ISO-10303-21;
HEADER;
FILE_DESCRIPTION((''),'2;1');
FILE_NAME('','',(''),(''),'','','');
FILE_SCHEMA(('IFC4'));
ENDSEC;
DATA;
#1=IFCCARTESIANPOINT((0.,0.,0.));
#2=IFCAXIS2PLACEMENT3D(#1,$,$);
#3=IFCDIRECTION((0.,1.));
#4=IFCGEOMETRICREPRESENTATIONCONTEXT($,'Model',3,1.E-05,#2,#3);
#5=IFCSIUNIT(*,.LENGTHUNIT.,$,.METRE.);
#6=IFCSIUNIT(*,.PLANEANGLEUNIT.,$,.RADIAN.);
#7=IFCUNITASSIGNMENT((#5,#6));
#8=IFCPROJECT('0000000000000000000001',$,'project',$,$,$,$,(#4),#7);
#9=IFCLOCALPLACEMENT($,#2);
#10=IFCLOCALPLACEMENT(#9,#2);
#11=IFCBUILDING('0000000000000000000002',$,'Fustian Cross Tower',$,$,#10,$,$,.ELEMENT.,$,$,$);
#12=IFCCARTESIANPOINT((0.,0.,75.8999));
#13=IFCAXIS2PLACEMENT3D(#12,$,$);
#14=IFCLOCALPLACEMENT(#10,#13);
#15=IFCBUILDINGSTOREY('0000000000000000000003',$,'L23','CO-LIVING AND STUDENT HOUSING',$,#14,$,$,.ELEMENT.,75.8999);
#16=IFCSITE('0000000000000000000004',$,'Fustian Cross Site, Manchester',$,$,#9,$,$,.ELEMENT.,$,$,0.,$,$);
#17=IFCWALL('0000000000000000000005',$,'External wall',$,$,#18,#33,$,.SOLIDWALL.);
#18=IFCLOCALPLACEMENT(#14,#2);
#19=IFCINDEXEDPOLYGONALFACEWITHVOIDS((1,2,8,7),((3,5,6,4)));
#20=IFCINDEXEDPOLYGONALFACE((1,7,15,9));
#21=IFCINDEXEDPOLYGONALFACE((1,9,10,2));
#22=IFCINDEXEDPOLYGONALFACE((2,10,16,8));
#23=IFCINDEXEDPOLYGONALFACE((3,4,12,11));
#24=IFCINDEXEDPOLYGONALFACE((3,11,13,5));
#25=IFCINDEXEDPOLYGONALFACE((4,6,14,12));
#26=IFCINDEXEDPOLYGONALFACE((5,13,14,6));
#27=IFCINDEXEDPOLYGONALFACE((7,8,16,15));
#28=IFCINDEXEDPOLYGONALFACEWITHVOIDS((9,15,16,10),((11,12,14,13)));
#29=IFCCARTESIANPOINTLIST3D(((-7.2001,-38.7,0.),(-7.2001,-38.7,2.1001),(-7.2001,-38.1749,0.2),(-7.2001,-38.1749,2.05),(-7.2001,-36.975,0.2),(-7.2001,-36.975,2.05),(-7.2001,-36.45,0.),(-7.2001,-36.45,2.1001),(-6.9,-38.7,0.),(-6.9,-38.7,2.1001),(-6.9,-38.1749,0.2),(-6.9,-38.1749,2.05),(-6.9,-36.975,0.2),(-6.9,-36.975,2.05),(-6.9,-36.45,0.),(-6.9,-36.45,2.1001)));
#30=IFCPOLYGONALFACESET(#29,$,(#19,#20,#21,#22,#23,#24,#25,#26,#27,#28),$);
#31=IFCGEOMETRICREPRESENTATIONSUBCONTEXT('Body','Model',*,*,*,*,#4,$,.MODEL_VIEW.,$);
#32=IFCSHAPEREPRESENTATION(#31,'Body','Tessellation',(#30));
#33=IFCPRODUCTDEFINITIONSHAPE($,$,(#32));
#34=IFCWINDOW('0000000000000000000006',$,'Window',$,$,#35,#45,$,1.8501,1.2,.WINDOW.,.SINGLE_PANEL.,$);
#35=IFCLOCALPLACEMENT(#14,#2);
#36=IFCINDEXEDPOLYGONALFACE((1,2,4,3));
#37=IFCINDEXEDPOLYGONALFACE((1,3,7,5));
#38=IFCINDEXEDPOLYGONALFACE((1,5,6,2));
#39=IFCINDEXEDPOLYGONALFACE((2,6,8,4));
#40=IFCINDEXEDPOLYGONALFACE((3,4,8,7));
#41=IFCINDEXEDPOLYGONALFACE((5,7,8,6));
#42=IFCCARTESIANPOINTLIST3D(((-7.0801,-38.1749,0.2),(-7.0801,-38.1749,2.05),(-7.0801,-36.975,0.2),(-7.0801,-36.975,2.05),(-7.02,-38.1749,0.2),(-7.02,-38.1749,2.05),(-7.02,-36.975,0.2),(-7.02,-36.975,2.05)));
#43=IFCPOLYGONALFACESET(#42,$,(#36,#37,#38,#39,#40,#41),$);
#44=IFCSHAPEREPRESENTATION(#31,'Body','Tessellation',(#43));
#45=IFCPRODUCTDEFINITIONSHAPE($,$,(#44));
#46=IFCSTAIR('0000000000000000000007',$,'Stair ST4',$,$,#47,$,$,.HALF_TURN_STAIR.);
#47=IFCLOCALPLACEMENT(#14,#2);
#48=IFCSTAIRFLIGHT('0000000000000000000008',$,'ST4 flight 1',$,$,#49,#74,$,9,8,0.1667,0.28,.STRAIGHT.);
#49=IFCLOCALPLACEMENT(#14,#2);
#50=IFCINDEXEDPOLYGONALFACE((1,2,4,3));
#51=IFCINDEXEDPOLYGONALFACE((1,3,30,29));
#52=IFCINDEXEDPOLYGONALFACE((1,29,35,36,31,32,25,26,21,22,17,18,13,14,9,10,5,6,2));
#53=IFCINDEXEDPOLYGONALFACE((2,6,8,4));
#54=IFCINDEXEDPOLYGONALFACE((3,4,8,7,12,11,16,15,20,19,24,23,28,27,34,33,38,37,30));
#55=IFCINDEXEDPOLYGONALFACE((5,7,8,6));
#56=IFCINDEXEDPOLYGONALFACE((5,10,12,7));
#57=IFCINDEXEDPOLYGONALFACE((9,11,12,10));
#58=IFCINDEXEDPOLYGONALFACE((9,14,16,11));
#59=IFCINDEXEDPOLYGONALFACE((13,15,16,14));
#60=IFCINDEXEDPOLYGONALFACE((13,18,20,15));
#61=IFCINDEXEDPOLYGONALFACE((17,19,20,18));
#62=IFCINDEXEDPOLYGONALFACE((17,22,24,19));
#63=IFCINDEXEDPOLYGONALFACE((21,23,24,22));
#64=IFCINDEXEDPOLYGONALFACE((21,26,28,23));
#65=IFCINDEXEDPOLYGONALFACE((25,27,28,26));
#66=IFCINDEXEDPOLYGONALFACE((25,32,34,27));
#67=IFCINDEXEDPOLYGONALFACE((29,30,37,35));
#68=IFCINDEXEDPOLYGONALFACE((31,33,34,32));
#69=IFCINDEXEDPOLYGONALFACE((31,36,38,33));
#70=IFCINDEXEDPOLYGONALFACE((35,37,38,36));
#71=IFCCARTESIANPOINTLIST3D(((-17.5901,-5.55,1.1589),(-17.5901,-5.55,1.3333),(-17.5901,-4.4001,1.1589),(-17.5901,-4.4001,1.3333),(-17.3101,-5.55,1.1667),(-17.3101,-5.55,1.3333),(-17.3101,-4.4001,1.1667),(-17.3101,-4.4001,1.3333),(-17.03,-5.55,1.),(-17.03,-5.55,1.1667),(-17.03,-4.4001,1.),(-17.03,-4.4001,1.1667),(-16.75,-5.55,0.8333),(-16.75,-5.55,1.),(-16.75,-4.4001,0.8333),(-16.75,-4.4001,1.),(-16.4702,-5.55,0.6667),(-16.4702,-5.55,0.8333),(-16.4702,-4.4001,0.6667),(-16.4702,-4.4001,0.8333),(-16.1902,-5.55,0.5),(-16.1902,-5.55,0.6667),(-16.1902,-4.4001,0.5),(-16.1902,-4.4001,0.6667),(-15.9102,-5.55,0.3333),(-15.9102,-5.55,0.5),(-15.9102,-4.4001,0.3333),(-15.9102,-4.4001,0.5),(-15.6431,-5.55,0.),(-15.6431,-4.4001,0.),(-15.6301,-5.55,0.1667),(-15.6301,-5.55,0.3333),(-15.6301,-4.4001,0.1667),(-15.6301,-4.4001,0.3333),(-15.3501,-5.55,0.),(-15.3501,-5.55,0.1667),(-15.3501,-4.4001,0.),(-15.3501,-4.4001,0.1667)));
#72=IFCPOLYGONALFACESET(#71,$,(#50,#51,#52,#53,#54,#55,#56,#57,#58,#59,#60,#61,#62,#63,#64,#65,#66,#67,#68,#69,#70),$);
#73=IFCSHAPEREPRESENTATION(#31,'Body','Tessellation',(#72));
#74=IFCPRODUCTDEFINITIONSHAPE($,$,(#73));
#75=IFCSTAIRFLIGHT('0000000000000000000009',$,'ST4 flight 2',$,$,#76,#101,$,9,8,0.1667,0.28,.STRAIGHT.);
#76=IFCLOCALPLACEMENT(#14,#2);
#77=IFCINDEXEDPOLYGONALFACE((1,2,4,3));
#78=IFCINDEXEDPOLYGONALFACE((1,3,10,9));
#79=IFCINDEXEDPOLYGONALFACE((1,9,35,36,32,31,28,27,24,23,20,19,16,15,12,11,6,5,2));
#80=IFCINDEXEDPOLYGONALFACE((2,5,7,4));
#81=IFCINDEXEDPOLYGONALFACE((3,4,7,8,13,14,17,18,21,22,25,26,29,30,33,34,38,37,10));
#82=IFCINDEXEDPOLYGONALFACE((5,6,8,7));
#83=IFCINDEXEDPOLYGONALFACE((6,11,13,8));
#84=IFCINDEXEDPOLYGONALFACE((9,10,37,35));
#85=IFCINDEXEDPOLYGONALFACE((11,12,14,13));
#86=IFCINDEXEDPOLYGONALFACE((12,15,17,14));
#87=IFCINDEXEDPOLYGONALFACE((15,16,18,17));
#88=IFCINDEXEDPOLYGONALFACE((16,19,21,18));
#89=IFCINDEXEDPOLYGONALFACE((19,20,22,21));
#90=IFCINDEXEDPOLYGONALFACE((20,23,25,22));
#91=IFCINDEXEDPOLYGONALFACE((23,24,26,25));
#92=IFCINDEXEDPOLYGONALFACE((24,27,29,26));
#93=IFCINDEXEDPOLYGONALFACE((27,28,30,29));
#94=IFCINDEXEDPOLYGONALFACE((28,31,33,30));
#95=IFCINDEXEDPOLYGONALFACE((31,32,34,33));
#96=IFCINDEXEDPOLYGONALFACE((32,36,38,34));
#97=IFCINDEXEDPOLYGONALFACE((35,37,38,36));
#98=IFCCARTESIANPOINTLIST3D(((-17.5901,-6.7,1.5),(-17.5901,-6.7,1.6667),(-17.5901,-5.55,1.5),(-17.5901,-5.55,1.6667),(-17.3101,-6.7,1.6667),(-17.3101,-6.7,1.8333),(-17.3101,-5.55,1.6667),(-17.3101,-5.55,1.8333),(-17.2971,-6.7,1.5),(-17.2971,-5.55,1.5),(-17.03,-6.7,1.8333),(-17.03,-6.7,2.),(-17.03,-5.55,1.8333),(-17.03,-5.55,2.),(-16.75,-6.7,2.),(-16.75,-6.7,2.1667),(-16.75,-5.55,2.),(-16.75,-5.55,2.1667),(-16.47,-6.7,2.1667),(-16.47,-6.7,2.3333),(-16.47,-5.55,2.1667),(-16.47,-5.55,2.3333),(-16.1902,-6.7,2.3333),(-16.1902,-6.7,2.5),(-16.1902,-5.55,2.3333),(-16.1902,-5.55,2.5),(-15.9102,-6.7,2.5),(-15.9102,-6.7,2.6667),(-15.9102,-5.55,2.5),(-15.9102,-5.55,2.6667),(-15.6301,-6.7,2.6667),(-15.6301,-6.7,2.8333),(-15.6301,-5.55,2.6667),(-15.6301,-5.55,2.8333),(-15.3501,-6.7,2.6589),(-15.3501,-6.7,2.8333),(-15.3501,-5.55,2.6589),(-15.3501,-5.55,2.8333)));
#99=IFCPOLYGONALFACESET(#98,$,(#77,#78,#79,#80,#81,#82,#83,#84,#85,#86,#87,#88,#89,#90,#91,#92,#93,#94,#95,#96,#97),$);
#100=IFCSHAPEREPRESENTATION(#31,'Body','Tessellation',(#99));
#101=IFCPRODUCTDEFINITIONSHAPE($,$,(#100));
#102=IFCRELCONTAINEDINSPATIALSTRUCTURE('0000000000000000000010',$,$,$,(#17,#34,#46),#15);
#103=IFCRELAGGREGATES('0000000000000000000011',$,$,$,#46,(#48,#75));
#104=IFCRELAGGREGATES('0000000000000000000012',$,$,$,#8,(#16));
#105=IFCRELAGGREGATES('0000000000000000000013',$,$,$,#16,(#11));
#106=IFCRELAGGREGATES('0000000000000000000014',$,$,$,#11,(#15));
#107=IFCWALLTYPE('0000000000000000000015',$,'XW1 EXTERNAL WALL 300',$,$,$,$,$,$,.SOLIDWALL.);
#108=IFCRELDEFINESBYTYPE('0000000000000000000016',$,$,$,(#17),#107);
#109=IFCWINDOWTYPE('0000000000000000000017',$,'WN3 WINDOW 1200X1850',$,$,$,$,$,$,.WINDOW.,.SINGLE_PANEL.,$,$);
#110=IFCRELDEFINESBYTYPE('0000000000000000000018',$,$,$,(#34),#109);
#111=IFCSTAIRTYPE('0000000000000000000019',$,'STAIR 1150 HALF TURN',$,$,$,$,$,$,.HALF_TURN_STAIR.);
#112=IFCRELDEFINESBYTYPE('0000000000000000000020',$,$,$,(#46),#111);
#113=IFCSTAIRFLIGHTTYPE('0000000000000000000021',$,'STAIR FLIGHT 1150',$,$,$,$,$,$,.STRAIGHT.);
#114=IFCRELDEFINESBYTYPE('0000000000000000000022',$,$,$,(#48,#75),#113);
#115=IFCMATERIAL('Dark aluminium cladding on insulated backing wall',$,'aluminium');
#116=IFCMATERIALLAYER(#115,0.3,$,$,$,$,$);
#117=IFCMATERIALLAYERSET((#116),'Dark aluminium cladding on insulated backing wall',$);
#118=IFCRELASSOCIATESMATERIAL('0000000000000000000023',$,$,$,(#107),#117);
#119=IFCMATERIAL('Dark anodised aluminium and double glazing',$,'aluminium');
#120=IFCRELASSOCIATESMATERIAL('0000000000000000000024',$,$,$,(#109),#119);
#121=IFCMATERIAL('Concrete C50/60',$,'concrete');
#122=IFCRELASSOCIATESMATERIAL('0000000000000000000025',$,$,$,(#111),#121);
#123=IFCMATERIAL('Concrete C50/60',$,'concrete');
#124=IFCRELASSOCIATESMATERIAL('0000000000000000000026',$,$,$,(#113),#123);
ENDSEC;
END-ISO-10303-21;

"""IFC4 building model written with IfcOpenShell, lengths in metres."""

from ifc_helpers import new_model, si_unit, direction, frame, frame_2d, origin, place, context, subcontext, project, spatial, polyline, rectangle, outline, extrude, material, layer, layer_set, type_object, element, fill, aggregate, save


model = new_model("IFC4")

# Units and contexts
model_context = context("Model", 3, precision=1e-05, world=origin(), true_north=direction((0.0, 1.0)))
body_context = subcontext(model_context, "Body", "Model", "MODEL_VIEW")
ifc_project = project(units=[si_unit("LENGTHUNIT", "METRE"), si_unit("PLANEANGLEUNIT", "RADIAN")], contexts=[model_context])

# Site, building, storey
site_placement = place(None, origin())
site = spatial("IfcSite", under=ifc_project, at=site_placement, Name="Fustian Cross Site, Manchester", CompositionType="ELEMENT", RefElevation=0.0)
building_placement = place(site_placement, origin())
building = spatial("IfcBuilding", under=site, at=building_placement, Name="Fustian Cross Tower", CompositionType="ELEMENT")
storey_placement = place(building_placement, frame((0.0, 0.0, 75.8999)))
storey = spatial("IfcBuildingStorey", under=building, at=storey_placement, Name="L23", Description="CO-LIVING AND STUDENT HOUSING", CompositionType="ELEMENT", Elevation=75.8999)

# Shared definitions
ifc_material_1 = material(Name="Dark aluminium cladding on insulated backing wall", Category="aluminium")
ifc_layer_1 = layer(ifc_material_1, 0.3)
ifc_layer_set_1 = layer_set([ifc_layer_1], Name="Dark aluminium cladding on insulated backing wall")
wall_type_1 = type_object("IfcWallType", Name="XW1 EXTERNAL WALL 300", PredefinedType="SOLIDWALL", material=ifc_layer_set_1)

# Shared definitions
ifc_material_2 = material(Name="Dark anodised aluminium and double glazing", Category="aluminium")
window_type_1 = type_object("IfcWindowType", Name="WN3 WINDOW 1200X1850", PartitioningType="SINGLE_PANEL", PredefinedType="WINDOW", material=ifc_material_2)

# Wall, opening, window
wall_1_placement = place(storey_placement, frame((-7.05, -36.45, 0.0), z_axis=(0.0, 0.0, 1.0), x_axis=(0.0, -1.0, 0.0)))
wall_1 = element("IfcWall", 1, at=wall_1_placement, inside=storey, type_object=wall_type_1, Name="External wall", PredefinedType="SOLIDWALL", context=body_context, shape_type="SweptSolid", body=[
    extrude(rectangle(XDim=2.25, YDim=0.3, at=frame_2d((1.125, 0.0))), origin(), (0.0, 0.0, 1.0), 2.1001),
])
opening_1_placement = place(wall_1_placement, frame((0.5249, 0.0, 0.2)))
opening_1 = element("IfcOpeningElement", 2, at=opening_1_placement, cuts=wall_1, PredefinedType="OPENING", context=body_context, shape_type="SweptSolid", body=[
    extrude(rectangle(XDim=1.2, YDim=1.8501, at=frame_2d((0.6001, 0.925))), frame((0.0, 0.1599, 0.0), z_axis=(0.0, -1.0, 0.0), x_axis=(1.0, 0.0, 0.0)), (0.0, 0.0, 1.0), 0.3201),
])
window_1_placement = place(opening_1_placement, origin())
window_1 = element("IfcWindow", 3, at=window_1_placement, inside=storey, type_object=window_type_1, Name="Window", OverallHeight=1.8501, OverallWidth=1.2, PartitioningType="SINGLE_PANEL", PredefinedType="WINDOW", context=body_context, shape_type="SweptSolid", body=[
    extrude(rectangle(XDim=1.2, YDim=1.8501, at=frame_2d((0.6001, 0.925))), frame((0.0, 0.03, 0.0), z_axis=(0.0, -1.0, 0.0), x_axis=(1.0, 0.0, 0.0)), (0.0, 0.0, 1.0), 0.0601),
])
fill(opening_1, window_1)

# Stair, stair flights
ifc_material_3 = material(Name="Concrete C50/60", Category="concrete")
stair_type = type_object("IfcStairType", Name="STAIR 1150 HALF TURN", PredefinedType="HALF_TURN_STAIR", material=ifc_material_3)
stair_placement = place(storey_placement, origin())
stair = element("IfcStair", 4, at=stair_placement, inside=storey, type_object=stair_type, Name="Stair ST4", PredefinedType="HALF_TURN_STAIR")
ifc_material_4 = material(Name="Concrete C50/60", Category="concrete")
stair_flight_type = type_object("IfcStairFlightType", Name="STAIR FLIGHT 1150", PredefinedType="STRAIGHT", material=ifc_material_4)
stair_flight_1_placement = place(storey_placement, frame((-15.3501, -4.9751, 0.0), z_axis=(0.0, 0.0, 1.0), x_axis=(-1.0, 0.0, 0.0)))
stair_flight_1 = element("IfcStairFlight", 5, at=stair_flight_1_placement, type_object=stair_flight_type, Name="ST4 flight 1", NumberOfRisers=9, NumberOfTreads=8, PredefinedType="STRAIGHT", RiserHeight=0.1667, TreadLength=0.28, context=body_context, shape_type="SweptSolid", body=[
    extrude(outline(polyline([(0.0, 0.0), (0.0, 0.1667), (0.28, 0.1667), (0.28, 0.3333), (0.5601, 0.3333), (0.5601, 0.5), (0.8401, 0.5), (0.8401, 0.6667), (1.1201, 0.6667), (1.1201, 0.8333), (1.3999, 0.8333), (1.3999, 1.0), (1.6799, 1.0), (1.6799, 1.1667), (1.96, 1.1667), (1.96, 1.3333), (2.24, 1.3333), (2.24, 1.5), (2.24, 1.1589), (0.293, 0.0), (0.0, 0.0)])), frame((0.0, 0.575, 0.0), z_axis=(0.0, -1.0, 0.0), x_axis=(1.0, 0.0, 0.0)), (0.0, 0.0, 1.0), 1.1499),
])
stair_flight_2_placement = place(storey_placement, frame((-17.5901, -6.125, 1.5), z_axis=(0.0, 0.0, 1.0), x_axis=(1.0, 0.0, 0.0)))
stair_flight_2 = element("IfcStairFlight", 6, at=stair_flight_2_placement, type_object=stair_flight_type, Name="ST4 flight 2", NumberOfRisers=9, NumberOfTreads=8, PredefinedType="STRAIGHT", RiserHeight=0.1667, TreadLength=0.28, context=body_context, shape_type="SweptSolid", body=[
    extrude(outline(polyline([(0.0, 0.0), (0.0, 0.1667), (0.28, 0.1667), (0.28, 0.3333), (0.5601, 0.3333), (0.5601, 0.5), (0.8401, 0.5), (0.8401, 0.6667), (1.1201, 0.6667), (1.1201, 0.8333), (1.3999, 0.8333), (1.3999, 1.0), (1.6799, 1.0), (1.6799, 1.1667), (1.96, 1.1667), (1.96, 1.3333), (2.24, 1.3333), (2.24, 1.5), (2.24, 1.1589), (0.293, 0.0), (0.0, 0.0)])), frame((0.0, 0.575, 0.0), z_axis=(0.0, -1.0, 0.0), x_axis=(1.0, 0.0, 0.0)), (0.0, 0.0, 1.0), 1.1499),
])
aggregate(stair, [stair_flight_1, stair_flight_2])

save(model, "model.ifc")
